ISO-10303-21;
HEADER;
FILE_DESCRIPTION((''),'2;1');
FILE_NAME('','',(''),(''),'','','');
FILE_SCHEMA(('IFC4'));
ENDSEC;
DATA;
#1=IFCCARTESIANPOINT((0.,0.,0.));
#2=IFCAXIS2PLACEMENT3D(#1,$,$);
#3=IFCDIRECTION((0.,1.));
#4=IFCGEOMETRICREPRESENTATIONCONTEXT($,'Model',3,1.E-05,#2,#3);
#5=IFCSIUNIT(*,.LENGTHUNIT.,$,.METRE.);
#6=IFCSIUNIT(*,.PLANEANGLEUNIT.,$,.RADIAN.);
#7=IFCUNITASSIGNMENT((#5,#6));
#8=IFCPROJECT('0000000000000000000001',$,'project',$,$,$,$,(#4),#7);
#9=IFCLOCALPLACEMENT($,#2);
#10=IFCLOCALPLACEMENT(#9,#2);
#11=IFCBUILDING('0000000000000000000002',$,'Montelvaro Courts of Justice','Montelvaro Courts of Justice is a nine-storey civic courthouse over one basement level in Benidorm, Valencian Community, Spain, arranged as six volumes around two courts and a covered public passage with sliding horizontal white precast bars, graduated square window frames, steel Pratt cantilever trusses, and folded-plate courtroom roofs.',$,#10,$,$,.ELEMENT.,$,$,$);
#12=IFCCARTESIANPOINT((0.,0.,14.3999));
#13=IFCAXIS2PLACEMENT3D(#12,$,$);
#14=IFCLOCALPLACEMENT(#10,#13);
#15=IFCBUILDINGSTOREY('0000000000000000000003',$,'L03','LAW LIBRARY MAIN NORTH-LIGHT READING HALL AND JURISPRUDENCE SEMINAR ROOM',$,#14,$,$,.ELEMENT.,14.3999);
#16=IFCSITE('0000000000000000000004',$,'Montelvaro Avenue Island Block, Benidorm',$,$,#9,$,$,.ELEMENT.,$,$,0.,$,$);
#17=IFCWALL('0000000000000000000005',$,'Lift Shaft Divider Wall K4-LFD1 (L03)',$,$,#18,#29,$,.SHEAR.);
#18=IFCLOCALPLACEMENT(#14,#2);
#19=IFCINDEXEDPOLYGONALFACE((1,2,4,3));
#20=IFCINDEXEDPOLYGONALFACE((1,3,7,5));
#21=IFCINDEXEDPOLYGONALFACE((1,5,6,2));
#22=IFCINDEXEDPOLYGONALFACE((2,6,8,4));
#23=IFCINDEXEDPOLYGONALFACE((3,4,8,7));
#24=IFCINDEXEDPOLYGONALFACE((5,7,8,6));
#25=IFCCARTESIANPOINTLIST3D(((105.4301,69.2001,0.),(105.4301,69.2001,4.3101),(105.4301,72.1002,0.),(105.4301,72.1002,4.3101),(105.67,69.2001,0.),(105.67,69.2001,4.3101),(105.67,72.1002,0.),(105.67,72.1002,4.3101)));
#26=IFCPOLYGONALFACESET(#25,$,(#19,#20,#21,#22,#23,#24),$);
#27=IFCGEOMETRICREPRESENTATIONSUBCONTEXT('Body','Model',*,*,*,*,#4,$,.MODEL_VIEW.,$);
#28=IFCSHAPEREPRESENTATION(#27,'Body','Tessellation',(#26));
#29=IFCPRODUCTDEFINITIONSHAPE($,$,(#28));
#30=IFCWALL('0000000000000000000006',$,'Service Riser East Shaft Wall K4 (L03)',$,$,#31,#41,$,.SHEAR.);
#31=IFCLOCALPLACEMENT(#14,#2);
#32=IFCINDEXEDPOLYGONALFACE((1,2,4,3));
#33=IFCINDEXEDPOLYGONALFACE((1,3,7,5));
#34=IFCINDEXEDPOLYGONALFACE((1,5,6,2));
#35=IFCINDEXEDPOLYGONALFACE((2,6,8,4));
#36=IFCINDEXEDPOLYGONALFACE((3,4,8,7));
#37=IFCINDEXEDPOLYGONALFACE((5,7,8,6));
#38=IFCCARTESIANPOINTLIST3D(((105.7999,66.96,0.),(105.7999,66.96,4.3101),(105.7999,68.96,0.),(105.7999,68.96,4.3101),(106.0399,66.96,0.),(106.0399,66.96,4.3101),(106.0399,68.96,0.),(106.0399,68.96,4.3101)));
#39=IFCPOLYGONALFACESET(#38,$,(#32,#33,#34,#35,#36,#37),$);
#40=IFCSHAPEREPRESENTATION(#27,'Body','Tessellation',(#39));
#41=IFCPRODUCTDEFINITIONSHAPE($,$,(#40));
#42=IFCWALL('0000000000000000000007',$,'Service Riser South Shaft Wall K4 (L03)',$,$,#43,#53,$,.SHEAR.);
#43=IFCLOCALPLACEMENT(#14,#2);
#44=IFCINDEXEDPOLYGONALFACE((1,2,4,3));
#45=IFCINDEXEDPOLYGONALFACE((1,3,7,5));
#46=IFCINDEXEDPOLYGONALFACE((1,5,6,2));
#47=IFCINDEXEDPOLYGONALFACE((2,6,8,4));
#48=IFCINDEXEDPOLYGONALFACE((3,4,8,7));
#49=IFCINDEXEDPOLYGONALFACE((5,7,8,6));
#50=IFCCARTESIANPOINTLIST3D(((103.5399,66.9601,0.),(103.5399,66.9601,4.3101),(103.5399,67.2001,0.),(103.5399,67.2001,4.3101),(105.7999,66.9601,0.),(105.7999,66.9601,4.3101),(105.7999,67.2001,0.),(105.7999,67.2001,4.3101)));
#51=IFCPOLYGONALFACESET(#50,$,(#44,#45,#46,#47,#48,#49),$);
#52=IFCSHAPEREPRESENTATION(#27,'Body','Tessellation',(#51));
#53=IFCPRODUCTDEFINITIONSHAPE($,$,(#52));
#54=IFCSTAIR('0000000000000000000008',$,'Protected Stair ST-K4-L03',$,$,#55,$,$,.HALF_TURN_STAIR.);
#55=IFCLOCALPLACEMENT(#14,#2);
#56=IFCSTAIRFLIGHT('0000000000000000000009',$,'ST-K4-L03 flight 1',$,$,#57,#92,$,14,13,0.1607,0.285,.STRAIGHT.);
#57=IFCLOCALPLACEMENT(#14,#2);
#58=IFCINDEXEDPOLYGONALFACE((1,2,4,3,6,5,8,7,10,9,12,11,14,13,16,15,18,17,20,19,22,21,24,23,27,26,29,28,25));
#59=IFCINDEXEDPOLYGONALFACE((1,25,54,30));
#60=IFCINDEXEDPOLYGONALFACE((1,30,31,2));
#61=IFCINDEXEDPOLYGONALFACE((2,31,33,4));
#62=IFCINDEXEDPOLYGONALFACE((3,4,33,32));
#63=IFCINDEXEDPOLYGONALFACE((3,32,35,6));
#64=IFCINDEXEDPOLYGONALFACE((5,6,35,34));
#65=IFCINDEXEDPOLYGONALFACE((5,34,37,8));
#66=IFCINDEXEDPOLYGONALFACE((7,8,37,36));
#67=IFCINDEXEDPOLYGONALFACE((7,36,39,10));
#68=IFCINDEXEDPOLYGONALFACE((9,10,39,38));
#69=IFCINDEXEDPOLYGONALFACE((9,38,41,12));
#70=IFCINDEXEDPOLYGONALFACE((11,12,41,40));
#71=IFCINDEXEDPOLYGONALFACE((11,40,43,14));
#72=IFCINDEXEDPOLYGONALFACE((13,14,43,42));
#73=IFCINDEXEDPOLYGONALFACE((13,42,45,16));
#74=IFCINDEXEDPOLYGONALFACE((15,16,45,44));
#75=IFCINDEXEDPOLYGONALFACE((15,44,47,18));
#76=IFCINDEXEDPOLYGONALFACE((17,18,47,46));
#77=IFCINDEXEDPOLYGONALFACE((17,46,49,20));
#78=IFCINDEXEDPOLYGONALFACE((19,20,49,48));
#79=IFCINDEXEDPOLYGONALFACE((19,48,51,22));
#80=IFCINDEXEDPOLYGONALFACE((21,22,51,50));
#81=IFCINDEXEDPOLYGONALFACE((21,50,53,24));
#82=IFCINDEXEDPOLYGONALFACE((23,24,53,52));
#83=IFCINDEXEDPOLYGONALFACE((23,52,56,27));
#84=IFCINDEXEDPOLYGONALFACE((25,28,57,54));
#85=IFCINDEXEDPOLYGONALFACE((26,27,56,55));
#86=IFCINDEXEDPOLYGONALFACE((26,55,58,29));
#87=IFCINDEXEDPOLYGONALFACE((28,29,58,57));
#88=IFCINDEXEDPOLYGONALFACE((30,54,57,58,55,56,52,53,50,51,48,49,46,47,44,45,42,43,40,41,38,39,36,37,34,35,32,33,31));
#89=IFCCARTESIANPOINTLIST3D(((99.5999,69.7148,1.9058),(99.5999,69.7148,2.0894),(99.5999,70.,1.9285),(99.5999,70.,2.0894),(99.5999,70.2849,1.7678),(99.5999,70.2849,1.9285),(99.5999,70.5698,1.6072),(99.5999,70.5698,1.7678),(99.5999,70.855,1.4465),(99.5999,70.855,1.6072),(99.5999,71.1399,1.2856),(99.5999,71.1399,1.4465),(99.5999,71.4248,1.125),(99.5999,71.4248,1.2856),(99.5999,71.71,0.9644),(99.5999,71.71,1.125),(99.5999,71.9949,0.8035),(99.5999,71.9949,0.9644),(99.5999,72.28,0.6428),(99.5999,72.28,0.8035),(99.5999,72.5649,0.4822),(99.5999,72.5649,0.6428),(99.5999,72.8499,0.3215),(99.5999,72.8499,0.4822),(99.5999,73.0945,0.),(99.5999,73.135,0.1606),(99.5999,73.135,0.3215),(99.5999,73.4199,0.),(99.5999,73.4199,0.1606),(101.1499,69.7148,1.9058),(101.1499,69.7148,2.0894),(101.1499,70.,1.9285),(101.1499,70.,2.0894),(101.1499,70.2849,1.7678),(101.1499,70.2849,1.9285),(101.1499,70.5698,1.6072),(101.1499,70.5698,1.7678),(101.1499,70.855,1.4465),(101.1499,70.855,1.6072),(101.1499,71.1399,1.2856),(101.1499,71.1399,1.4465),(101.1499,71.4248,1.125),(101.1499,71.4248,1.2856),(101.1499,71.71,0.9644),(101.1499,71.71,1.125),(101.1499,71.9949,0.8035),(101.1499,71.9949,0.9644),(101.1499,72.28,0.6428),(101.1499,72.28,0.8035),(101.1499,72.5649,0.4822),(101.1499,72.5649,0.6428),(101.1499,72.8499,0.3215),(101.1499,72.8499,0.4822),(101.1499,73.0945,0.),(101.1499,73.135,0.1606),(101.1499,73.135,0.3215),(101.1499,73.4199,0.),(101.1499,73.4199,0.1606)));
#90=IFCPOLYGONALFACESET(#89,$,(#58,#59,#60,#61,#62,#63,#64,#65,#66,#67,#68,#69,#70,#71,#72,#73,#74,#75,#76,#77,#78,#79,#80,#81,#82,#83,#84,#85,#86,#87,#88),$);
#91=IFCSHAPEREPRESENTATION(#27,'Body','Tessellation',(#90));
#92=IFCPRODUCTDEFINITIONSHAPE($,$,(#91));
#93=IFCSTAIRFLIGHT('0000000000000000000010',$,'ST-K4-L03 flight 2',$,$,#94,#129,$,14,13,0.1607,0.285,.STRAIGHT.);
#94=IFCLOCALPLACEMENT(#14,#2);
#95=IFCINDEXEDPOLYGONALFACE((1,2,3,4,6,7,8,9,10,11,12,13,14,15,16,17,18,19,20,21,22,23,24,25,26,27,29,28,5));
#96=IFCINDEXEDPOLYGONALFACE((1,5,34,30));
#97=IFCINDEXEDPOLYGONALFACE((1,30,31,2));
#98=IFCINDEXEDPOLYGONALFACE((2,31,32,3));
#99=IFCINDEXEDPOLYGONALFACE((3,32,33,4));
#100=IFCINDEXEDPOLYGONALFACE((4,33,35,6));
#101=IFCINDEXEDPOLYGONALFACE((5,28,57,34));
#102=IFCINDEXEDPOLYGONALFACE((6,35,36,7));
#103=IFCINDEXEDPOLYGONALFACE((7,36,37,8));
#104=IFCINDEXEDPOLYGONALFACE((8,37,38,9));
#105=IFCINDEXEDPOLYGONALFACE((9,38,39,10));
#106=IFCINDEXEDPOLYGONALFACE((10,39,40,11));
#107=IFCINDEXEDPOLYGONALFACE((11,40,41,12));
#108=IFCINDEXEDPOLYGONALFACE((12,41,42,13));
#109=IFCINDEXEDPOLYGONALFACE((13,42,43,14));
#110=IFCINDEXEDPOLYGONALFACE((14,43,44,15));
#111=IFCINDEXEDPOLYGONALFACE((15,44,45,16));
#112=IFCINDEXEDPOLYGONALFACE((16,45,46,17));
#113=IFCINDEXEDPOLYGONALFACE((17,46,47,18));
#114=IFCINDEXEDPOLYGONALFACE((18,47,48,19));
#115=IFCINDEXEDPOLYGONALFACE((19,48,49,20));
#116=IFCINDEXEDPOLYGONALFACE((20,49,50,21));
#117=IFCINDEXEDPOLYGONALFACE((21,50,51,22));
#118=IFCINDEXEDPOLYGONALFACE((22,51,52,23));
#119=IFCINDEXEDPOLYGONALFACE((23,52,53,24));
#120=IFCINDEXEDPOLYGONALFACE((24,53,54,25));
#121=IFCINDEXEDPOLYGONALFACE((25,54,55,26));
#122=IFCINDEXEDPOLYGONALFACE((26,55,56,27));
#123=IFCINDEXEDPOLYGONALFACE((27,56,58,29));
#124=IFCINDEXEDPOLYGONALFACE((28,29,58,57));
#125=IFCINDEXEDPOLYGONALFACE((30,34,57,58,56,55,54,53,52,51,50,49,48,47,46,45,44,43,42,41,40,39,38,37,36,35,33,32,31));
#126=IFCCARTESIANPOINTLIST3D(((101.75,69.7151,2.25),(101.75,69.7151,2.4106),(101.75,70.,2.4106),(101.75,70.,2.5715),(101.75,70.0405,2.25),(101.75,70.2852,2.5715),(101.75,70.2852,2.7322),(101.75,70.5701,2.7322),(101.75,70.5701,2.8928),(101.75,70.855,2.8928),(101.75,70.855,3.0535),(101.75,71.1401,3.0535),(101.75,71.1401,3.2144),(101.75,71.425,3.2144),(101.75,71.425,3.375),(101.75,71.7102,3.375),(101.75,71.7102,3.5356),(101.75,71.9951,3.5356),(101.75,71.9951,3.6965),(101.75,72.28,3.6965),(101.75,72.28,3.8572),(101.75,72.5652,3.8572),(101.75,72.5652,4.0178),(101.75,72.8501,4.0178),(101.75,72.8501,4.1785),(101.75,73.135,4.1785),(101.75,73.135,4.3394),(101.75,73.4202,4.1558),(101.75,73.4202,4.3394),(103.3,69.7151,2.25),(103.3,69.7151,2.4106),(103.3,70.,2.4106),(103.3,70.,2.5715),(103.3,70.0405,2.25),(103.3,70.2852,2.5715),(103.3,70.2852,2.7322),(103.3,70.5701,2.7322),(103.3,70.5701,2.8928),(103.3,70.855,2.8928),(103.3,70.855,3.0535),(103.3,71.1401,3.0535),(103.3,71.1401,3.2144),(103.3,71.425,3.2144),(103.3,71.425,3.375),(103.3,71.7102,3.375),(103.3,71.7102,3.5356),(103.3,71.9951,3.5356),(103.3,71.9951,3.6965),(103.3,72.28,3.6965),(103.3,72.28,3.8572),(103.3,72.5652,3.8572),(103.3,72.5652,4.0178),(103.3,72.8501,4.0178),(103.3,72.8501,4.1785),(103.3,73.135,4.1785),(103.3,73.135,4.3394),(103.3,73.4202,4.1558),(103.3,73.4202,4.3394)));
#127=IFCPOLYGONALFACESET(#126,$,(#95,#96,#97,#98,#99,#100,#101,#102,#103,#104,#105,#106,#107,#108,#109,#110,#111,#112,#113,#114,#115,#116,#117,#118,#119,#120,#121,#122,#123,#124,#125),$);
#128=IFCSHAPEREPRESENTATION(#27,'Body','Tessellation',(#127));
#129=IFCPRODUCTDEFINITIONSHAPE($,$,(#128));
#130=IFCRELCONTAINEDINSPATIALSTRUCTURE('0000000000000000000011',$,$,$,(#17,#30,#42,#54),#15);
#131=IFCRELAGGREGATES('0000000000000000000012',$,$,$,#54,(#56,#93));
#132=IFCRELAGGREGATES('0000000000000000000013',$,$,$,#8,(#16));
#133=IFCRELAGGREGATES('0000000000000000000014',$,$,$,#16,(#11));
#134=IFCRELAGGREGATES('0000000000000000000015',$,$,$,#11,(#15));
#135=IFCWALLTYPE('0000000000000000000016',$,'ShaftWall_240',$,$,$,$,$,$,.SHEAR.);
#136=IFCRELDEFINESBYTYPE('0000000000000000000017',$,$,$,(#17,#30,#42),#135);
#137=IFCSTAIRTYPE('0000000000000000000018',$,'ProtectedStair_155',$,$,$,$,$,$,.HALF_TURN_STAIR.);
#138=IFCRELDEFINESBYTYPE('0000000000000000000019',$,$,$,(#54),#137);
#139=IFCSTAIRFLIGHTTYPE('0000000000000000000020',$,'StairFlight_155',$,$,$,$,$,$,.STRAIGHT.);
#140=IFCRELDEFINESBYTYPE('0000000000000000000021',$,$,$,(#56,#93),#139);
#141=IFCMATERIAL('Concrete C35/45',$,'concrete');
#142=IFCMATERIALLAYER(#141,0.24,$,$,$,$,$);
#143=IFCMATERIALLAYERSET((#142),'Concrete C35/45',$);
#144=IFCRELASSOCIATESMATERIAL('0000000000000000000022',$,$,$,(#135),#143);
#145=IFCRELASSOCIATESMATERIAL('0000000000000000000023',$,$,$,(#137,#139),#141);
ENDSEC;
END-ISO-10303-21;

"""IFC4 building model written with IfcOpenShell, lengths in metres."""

from ifc_helpers import new_model, si_unit, direction, frame, frame_2d, origin, place, context, subcontext, project, spatial, polyline, rectangle, outline, extrude, material, layer, layer_set, type_object, element, aggregate, save


model = new_model("IFC4")

# Units and contexts
model_context = context("Model", 3, precision=1e-05, world=origin(), true_north=direction((0.0, 1.0)))
body_context = subcontext(model_context, "Body", "Model", "MODEL_VIEW")
ifc_project = project(units=[si_unit("LENGTHUNIT", "METRE"), si_unit("PLANEANGLEUNIT", "RADIAN")], contexts=[model_context])

# Site, building, storey
site_placement = place(None, origin())
site = spatial("IfcSite", under=ifc_project, at=site_placement, Name="Montelvaro Avenue Island Block, Benidorm", CompositionType="ELEMENT", RefElevation=0.0)
building_placement = place(site_placement, origin())
building = spatial("IfcBuilding", under=site, at=building_placement, Name="Montelvaro Courts of Justice", Description="Montelvaro Courts of Justice is a nine-storey civic courthouse over one basement level in Benidorm, Valencian Community, Spain, arranged as six volumes around two courts and a covered public passage with sliding horizontal white precast bars, graduated square window frames, steel Pratt cantilever trusses, and folded-plate courtroom roofs.", CompositionType="ELEMENT")
storey_placement = place(building_placement, frame((0.0, 0.0, 14.3999)))
storey = spatial("IfcBuildingStorey", under=building, at=storey_placement, Name="L03", Description="LAW LIBRARY MAIN NORTH-LIGHT READING HALL AND JURISPRUDENCE SEMINAR ROOM", CompositionType="ELEMENT", Elevation=14.3999)

# Shared definitions
ifc_material_1 = material(Name="Concrete C35/45", Category="concrete")
ifc_layer_1 = layer(ifc_material_1, 0.24)
ifc_layer_set_1 = layer_set([ifc_layer_1], Name="Concrete C35/45")
wall_type_1 = type_object("IfcWallType", Name="ShaftWall_240", PredefinedType="SHEAR", material=ifc_layer_set_1)

# Walls
wall_1_placement = place(storey_placement, frame((105.55, 69.2, 0.0), z_axis=(0.0, 0.0, 1.0), x_axis=(0.0, 1.0, 0.0)))
element("IfcWall", 1, at=wall_1_placement, inside=storey, type_object=wall_type_1, Name="Lift Shaft Divider Wall K4-LFD1 (L03)", PredefinedType="SHEAR", context=body_context, shape_type="SweptSolid", body=[
    extrude(rectangle(XDim=2.9001, YDim=0.24, at=frame_2d((1.4502, 0.0))), origin(), (0.0, 0.0, 1.0), 4.3101),
])
wall_2_placement = place(storey_placement, frame((105.9199, 66.96, 0.0), z_axis=(0.0, 0.0, 1.0), x_axis=(0.0, 1.0, 0.0)))
element("IfcWall", 2, at=wall_2_placement, inside=storey, type_object=wall_type_1, Name="Service Riser East Shaft Wall K4 (L03)", PredefinedType="SHEAR", context=body_context, shape_type="SweptSolid", body=[
    extrude(rectangle(XDim=2.0, YDim=0.24, at=frame_2d((1.0, 0.0))), origin(), (0.0, 0.0, 1.0), 4.3101),
])
wall_3_placement = place(storey_placement, frame((103.54, 67.0801, 0.0), z_axis=(0.0, 0.0, 1.0), x_axis=(1.0, 0.0, 0.0)))
element("IfcWall", 3, at=wall_3_placement, inside=storey, type_object=wall_type_1, Name="Service Riser South Shaft Wall K4 (L03)", PredefinedType="SHEAR", context=body_context, shape_type="SweptSolid", body=[
    extrude(rectangle(XDim=2.26, YDim=0.24, at=frame_2d((1.1299, 0.0))), origin(), (0.0, 0.0, 1.0), 4.3101),
])

# Stair, stair flights
stair_type = type_object("IfcStairType", Name="ProtectedStair_155", PredefinedType="HALF_TURN_STAIR", material=ifc_material_1)
stair_placement = place(storey_placement, origin())
stair = element("IfcStair", 4, at=stair_placement, inside=storey, type_object=stair_type, Name="Protected Stair ST-K4-L03", PredefinedType="HALF_TURN_STAIR")
stair_flight_type = type_object("IfcStairFlightType", Name="StairFlight_155", PredefinedType="STRAIGHT", material=ifc_material_1)
stair_flight_1_placement = place(storey_placement, frame((100.375, 73.4199, 0.0), z_axis=(0.0, 0.0, 1.0), x_axis=(0.0, -1.0, 0.0)))
stair_flight_1 = element("IfcStairFlight", 5, at=stair_flight_1_placement, type_object=stair_flight_type, Name="ST-K4-L03 flight 1", NumberOfRisers=14, NumberOfTreads=13, PredefinedType="STRAIGHT", RiserHeight=0.1607, TreadLength=0.285, context=body_context, shape_type="SweptSolid", body=[
    extrude(outline(polyline([(0.0, 0.0), (0.0, 0.1606), (0.2849, 0.1606), (0.2849, 0.3215), (0.5701, 0.3215), (0.5701, 0.4822), (0.855, 0.4822), (0.855, 0.6428), (1.1399, 0.6428), (1.1399, 0.8035), (1.425, 0.8035), (1.425, 0.9644), (1.71, 0.9644), (1.71, 1.125), (1.9951, 1.125), (1.9951, 1.2856), (2.28, 1.2856), (2.28, 1.4465), (2.5649, 1.4465), (2.5649, 1.6072), (2.8501, 1.6072), (2.8501, 1.7678), (3.135, 1.7678), (3.135, 1.9285), (3.4199, 1.9285), (3.4199, 2.0894), (3.7051, 2.0894), (3.7051, 2.25), (3.7051, 1.9058), (0.3254, 0.0), (0.0, 0.0)])), frame((0.0, 0.7749, 0.0), z_axis=(0.0, -1.0, 0.0), x_axis=(1.0, 0.0, 0.0)), (0.0, 0.0, 1.0), 1.55),
])
stair_flight_2_placement = place(storey_placement, frame((102.5249, 69.7151, 2.25), z_axis=(0.0, 0.0, 1.0), x_axis=(0.0, 1.0, 0.0)))
stair_flight_2 = element("IfcStairFlight", 6, at=stair_flight_2_placement, type_object=stair_flight_type, Name="ST-K4-L03 flight 2", NumberOfRisers=14, NumberOfTreads=13, PredefinedType="STRAIGHT", RiserHeight=0.1607, TreadLength=0.285, context=body_context, shape_type="SweptSolid", body=[
    extrude(outline(polyline([(0.0, 0.0), (0.0, 0.1606), (0.2849, 0.1606), (0.2849, 0.3215), (0.5701, 0.3215), (0.5701, 0.4822), (0.855, 0.4822), (0.855, 0.6428), (1.1399, 0.6428), (1.1399, 0.8035), (1.425, 0.8035), (1.425, 0.9644), (1.71, 0.9644), (1.71, 1.125), (1.9951, 1.125), (1.9951, 1.2856), (2.28, 1.2856), (2.28, 1.4465), (2.5649, 1.4465), (2.5649, 1.6072), (2.8501, 1.6072), (2.8501, 1.7678), (3.135, 1.7678), (3.135, 1.9285), (3.4199, 1.9285), (3.4199, 2.0894), (3.7051, 2.0894), (3.7051, 2.25), (3.7051, 1.9058), (0.3254, 0.0), (0.0, 0.0)])), frame((0.0, 0.7749, 0.0), z_axis=(0.0, -1.0, 0.0), x_axis=(1.0, 0.0, 0.0)), (0.0, 0.0, 1.0), 1.55),
])
aggregate(stair, [stair_flight_1, stair_flight_2])

save(model, "model.ifc")
